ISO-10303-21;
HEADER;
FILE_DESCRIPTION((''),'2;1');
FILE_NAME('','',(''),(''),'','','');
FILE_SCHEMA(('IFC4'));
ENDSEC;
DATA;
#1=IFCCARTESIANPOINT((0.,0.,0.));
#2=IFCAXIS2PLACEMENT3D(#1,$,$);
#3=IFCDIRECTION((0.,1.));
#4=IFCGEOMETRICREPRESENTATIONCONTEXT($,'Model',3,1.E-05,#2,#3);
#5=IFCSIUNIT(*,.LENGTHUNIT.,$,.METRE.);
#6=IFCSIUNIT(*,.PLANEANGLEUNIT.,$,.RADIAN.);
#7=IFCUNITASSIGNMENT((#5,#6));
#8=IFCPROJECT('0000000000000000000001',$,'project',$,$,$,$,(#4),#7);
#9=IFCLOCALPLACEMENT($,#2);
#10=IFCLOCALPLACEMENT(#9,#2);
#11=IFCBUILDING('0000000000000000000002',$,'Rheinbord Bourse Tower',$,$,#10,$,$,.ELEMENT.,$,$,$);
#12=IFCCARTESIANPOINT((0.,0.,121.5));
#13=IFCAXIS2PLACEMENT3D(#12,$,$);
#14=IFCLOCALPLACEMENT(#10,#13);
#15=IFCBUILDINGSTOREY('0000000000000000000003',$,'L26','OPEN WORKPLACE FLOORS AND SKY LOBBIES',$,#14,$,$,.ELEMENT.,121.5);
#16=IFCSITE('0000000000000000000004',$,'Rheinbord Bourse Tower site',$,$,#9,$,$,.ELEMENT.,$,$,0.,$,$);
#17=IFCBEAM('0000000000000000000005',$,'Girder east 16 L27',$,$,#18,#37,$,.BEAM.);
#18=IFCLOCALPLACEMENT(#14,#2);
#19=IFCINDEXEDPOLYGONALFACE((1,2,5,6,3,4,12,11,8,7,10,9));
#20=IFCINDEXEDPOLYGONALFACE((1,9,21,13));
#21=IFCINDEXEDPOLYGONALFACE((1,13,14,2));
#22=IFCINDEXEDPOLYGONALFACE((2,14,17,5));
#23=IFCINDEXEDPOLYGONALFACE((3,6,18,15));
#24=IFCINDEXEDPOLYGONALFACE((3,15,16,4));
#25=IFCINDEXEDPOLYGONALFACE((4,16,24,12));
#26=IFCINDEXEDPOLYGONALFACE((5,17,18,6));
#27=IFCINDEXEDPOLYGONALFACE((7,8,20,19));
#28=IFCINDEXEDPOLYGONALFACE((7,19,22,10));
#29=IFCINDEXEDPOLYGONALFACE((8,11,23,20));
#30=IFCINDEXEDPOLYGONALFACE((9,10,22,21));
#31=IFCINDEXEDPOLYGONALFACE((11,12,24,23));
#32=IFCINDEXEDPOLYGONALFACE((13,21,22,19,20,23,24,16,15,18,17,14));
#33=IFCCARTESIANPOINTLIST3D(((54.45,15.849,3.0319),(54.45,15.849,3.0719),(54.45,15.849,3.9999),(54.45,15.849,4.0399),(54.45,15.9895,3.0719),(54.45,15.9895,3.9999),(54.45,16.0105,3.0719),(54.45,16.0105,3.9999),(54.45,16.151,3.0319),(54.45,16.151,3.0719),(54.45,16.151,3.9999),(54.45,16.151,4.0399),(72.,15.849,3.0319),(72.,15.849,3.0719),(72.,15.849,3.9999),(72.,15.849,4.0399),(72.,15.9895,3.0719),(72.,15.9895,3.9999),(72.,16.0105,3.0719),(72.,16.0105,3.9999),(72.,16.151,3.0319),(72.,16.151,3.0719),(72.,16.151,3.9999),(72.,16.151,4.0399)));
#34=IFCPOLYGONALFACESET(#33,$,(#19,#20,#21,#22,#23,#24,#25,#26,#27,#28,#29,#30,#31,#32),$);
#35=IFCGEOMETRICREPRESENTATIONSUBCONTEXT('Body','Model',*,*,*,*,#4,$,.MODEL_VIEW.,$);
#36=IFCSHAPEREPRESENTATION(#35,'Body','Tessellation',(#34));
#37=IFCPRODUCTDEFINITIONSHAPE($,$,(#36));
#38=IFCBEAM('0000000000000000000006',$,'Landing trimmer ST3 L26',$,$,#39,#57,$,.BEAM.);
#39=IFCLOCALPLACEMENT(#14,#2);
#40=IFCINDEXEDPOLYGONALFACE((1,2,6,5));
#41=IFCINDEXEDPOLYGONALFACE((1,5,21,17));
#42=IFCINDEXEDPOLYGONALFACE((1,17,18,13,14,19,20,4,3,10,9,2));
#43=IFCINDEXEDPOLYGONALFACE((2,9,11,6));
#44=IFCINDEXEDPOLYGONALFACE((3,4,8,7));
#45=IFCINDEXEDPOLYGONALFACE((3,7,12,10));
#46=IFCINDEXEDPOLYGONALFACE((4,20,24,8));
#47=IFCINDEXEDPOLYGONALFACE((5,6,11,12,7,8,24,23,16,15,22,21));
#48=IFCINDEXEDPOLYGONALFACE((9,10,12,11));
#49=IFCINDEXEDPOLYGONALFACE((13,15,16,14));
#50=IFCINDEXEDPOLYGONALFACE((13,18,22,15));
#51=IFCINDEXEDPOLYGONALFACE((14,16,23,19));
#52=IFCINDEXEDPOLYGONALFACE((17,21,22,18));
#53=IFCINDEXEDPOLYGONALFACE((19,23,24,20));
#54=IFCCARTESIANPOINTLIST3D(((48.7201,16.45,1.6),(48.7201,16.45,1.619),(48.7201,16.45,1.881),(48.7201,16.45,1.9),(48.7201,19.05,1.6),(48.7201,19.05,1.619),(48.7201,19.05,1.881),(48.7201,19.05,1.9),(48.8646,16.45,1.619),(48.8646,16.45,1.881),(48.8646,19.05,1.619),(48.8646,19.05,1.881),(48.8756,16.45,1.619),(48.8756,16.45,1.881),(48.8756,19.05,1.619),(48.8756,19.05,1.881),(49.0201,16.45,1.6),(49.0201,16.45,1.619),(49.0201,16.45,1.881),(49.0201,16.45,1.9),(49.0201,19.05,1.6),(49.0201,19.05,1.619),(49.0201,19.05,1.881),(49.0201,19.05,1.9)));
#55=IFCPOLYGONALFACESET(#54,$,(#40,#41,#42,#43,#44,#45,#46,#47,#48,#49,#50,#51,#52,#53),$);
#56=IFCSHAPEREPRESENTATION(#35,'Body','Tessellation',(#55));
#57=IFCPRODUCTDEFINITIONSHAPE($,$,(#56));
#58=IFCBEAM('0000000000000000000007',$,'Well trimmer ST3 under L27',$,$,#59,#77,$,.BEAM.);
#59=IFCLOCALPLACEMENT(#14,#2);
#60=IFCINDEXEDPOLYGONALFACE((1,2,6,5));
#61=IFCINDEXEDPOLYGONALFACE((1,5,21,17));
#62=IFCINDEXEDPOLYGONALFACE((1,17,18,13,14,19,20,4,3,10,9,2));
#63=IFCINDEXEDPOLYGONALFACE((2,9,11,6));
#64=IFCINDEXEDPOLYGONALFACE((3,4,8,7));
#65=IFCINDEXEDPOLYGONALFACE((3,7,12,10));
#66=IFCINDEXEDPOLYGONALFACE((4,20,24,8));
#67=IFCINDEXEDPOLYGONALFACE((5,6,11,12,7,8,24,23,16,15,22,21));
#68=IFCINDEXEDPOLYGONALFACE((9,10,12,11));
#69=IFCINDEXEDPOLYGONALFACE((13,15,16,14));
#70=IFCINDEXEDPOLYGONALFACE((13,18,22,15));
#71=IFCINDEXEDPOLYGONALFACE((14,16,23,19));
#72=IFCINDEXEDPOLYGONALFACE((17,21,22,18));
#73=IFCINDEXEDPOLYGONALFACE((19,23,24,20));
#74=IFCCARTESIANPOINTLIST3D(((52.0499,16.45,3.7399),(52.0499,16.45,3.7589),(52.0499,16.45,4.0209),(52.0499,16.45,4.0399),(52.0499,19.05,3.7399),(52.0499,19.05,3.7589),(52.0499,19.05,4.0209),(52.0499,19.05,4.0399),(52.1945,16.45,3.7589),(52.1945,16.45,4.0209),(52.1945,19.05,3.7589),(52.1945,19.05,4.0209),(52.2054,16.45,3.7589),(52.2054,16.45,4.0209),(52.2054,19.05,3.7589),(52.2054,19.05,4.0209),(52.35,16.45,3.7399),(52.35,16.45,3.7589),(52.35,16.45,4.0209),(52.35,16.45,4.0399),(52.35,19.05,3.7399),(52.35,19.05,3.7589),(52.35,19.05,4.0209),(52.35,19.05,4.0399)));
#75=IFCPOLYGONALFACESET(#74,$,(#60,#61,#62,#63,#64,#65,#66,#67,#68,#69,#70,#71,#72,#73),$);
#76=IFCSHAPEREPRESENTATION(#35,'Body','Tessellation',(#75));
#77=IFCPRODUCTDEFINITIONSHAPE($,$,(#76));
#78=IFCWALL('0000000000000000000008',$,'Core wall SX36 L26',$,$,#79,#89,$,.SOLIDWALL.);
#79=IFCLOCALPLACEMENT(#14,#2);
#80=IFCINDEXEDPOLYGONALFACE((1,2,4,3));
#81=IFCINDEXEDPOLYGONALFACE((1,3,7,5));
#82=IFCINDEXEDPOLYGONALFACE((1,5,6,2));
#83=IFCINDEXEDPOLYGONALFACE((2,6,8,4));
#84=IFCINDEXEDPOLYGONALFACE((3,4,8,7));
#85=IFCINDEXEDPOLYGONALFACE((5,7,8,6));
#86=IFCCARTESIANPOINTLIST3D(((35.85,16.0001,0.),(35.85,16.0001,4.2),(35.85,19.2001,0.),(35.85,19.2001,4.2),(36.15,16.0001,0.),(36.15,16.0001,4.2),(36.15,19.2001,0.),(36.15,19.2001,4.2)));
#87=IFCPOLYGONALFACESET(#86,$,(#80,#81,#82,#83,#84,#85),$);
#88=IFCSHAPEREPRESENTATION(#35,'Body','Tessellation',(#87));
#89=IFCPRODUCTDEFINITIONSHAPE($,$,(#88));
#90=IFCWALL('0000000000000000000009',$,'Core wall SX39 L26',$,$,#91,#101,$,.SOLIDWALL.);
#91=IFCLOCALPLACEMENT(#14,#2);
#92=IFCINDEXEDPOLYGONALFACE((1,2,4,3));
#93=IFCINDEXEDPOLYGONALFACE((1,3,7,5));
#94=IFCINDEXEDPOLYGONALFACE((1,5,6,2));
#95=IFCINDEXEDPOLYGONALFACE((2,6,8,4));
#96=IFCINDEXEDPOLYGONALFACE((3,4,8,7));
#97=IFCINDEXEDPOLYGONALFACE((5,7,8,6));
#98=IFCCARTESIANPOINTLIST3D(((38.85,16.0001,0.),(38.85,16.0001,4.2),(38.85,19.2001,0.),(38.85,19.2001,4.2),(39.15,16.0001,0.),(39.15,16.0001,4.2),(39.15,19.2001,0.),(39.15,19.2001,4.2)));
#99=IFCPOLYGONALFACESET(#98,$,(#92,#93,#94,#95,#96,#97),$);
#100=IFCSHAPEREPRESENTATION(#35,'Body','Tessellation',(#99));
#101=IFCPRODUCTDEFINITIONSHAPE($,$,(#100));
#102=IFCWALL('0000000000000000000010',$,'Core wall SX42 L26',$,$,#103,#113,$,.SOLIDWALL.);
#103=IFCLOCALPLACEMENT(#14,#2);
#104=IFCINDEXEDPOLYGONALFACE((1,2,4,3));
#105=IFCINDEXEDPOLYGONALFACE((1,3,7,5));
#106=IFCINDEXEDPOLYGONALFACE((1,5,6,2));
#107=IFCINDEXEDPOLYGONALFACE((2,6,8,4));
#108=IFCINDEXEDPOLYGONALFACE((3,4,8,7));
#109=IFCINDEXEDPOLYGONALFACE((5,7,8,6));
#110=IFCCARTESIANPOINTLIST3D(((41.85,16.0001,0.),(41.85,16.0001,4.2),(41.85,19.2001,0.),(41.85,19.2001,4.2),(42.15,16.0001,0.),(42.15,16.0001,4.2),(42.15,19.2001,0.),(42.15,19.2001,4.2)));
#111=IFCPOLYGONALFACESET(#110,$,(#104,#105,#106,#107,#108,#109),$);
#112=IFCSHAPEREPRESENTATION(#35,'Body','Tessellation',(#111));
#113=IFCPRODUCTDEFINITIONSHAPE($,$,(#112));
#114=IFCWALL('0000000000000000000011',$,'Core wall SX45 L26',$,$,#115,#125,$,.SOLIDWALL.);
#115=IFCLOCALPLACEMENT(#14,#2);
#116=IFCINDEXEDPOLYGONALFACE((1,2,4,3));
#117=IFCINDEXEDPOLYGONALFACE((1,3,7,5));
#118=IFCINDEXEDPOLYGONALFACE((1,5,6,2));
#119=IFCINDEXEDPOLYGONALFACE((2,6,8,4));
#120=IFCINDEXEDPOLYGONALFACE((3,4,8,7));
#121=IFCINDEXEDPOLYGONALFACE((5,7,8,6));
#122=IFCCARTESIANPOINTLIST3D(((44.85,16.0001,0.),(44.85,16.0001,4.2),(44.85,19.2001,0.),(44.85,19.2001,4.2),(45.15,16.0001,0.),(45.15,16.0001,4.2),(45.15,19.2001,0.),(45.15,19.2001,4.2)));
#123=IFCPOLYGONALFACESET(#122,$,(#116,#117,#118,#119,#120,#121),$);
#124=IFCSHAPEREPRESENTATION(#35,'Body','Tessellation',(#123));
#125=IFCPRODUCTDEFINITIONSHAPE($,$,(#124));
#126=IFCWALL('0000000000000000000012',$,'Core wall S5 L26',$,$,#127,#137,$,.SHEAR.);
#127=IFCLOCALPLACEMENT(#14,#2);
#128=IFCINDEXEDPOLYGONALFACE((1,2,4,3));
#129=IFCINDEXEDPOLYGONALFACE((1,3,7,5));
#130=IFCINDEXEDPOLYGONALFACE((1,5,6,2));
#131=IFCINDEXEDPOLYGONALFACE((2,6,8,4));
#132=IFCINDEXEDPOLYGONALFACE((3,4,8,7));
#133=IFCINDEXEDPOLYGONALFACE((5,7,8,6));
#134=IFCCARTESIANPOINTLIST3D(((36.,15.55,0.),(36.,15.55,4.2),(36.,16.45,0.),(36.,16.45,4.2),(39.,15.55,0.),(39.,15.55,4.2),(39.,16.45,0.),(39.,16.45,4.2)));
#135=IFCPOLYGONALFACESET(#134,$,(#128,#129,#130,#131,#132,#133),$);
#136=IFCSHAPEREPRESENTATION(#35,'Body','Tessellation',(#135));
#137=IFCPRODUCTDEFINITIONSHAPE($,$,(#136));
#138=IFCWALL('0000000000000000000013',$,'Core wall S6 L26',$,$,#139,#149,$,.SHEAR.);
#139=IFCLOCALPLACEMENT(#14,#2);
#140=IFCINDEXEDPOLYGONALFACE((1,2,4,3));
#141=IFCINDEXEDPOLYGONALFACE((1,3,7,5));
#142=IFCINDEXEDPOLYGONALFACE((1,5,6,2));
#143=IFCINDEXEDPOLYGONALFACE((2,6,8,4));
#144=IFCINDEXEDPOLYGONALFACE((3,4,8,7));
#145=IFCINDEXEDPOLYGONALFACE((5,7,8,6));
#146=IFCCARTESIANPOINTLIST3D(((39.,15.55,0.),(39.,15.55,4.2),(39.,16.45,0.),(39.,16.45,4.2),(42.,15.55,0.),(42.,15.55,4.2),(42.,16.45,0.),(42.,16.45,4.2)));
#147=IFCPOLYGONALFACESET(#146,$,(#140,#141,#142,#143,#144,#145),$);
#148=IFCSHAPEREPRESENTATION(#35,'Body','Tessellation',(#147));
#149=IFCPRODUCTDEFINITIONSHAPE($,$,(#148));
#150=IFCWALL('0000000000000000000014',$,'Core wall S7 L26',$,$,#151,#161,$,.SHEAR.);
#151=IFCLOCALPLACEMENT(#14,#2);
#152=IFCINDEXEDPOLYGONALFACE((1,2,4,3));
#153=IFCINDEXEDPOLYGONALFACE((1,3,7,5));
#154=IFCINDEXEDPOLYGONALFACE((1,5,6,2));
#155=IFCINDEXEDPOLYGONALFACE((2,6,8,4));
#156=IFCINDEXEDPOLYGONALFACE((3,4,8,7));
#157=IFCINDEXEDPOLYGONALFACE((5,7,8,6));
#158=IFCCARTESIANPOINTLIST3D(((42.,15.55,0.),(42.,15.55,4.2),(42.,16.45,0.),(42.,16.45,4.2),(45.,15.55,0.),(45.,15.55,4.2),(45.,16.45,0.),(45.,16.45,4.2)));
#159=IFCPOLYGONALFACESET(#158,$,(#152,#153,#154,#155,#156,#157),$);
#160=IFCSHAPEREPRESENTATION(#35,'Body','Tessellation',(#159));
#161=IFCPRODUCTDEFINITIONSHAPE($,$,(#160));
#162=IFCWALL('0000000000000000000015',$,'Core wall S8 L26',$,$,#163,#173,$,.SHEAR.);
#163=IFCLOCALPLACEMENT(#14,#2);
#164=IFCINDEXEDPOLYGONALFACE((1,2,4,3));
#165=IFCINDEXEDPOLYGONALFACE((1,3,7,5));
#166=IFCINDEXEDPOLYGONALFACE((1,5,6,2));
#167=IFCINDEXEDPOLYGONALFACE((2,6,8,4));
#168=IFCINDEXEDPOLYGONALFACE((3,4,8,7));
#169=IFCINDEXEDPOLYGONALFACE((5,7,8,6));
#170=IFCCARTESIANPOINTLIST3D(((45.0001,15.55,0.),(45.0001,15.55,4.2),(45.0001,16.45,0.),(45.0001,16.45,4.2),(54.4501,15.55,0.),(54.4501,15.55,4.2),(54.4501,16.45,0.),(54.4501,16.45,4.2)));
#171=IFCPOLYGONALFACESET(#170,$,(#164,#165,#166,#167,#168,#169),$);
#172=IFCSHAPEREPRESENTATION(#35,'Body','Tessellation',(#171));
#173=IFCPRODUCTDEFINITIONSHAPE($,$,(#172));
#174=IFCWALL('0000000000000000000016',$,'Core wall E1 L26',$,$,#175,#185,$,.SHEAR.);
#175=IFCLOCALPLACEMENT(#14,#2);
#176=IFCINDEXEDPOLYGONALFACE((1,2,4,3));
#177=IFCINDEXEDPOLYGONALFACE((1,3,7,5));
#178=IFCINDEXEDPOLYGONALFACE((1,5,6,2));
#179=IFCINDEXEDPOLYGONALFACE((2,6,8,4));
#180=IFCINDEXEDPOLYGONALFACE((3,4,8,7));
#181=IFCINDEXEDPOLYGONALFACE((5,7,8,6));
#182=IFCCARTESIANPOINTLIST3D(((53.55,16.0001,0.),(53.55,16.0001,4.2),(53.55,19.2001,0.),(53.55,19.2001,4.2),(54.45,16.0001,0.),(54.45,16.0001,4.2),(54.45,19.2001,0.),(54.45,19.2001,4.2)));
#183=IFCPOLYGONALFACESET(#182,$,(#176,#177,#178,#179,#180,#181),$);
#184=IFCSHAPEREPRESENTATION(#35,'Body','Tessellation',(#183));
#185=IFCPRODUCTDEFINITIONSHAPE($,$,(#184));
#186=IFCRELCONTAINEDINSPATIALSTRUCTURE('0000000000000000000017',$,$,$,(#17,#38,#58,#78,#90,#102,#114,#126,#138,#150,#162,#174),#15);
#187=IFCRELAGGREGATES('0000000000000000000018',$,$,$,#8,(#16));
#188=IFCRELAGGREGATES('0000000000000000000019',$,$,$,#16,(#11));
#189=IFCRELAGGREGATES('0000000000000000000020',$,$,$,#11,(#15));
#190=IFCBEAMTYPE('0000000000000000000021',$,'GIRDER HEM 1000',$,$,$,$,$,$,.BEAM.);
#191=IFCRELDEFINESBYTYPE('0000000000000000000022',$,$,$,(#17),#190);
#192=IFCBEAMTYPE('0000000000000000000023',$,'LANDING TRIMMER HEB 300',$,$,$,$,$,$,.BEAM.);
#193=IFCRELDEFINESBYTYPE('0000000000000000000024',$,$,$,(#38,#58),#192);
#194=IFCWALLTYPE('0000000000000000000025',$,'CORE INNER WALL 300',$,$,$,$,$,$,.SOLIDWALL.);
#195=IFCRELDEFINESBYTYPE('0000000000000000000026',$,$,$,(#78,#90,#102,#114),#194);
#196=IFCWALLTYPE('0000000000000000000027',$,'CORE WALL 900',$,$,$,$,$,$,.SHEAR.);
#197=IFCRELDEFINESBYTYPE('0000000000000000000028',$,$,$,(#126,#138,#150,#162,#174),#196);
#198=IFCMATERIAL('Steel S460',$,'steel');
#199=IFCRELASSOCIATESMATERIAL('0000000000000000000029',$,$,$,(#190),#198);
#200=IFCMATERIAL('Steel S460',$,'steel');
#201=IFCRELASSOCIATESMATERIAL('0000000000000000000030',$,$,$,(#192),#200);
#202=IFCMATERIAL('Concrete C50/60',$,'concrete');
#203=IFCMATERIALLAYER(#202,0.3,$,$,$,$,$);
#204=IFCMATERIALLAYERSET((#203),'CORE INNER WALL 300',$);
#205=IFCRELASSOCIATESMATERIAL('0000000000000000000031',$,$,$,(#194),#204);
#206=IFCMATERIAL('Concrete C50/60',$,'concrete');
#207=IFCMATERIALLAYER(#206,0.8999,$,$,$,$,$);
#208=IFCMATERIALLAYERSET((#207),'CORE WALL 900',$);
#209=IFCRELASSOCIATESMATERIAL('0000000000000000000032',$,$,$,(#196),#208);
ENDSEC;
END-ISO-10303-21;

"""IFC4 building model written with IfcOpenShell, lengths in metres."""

from ifc_helpers import new_model, si_unit, direction, frame, frame_2d, origin, origin_2d, place, context, subcontext, project, spatial, rectangle, i_section, extrude, material, layer, layer_set, material_profile, profile_set, type_object, element, save


model = new_model("IFC4")

# Units and contexts
model_context = context("Model", 3, precision=1e-05, world=origin(), true_north=direction((0.0, 1.0)))
body_context = subcontext(model_context, "Body", "Model", "MODEL_VIEW")
ifc_project = project(units=[si_unit("LENGTHUNIT", "METRE"), si_unit("PLANEANGLEUNIT", "RADIAN")], contexts=[model_context])

# Site, building, storey
site_placement = place(None, origin())
site = spatial("IfcSite", under=ifc_project, at=site_placement, Name="Rheinbord Bourse Tower site", CompositionType="ELEMENT", RefElevation=0.0)
building_placement = place(site_placement, origin())
building = spatial("IfcBuilding", under=site, at=building_placement, Name="Rheinbord Bourse Tower", CompositionType="ELEMENT")
storey_placement = place(building_placement, frame((0.0, 0.0, 121.5)))
storey = spatial("IfcBuildingStorey", under=building, at=storey_placement, Name="L26", Description="OPEN WORKPLACE FLOORS AND SKY LOBBIES", CompositionType="ELEMENT", Elevation=121.5)

# Beams
ifc_material_1 = material(Name="Steel S460", Category="steel")
ifc_material_profile_1 = material_profile(ifc_material_1, i_section(OverallWidth=0.302, OverallDepth=1.0081, WebThickness=0.021, FlangeThickness=0.04, at=origin_2d()), Name="HEM 1000")
ifc_profile_set_1 = profile_set([ifc_material_profile_1], Name="Steel S460")
beam_type_1 = type_object("IfcBeamType", Name="GIRDER HEM 1000", PredefinedType="BEAM", material=ifc_profile_set_1)
beam_placement = place(storey_placement, frame((54.45, 16.0, 3.5359), z_axis=(1.0, 0.0, 0.0), x_axis=(0.0, 1.0, 0.0)))
element("IfcBeam", 1, at=beam_placement, inside=storey, type_object=beam_type_1, Name="Girder east 16 L27", PredefinedType="BEAM", context=body_context, shape_type="SweptSolid", body=[
    extrude(i_section(OverallWidth=0.302, OverallDepth=1.0081, WebThickness=0.021, FlangeThickness=0.04, at=origin_2d()), origin(), (0.0, 0.0, 1.0), 17.55),
])
ifc_material_2 = material(Name="Steel S460", Category="steel")
ifc_material_profile_2 = material_profile(ifc_material_2, i_section(OverallWidth=0.3, OverallDepth=0.3, WebThickness=0.011, FlangeThickness=0.019, at=origin_2d()), Name="HEB 300")
ifc_profile_set_2 = profile_set([ifc_material_profile_2], Name="Steel S460")
beam_type_2 = type_object("IfcBeamType", Name="LANDING TRIMMER HEB 300", PredefinedType="BEAM", material=ifc_profile_set_2)
for number, where, z_axis, x_axis, name in (
    (2, (48.8701, 16.45, 1.75), (0.0, 1.0, 0.0), (-1.0, 0.0, 0.0), "Landing trimmer ST3 L26"),
    (3, (52.2, 16.45, 3.8899), (0.0, 1.0, 0.0), (-1.0, 0.0, 0.0), "Well trimmer ST3 under L27"),
):
    element("IfcBeam", number, at=place(storey_placement, frame(where, z_axis=z_axis, x_axis=x_axis)), inside=storey, type_object=beam_type_2, Name=name, PredefinedType="BEAM", context=body_context, shape_type="SweptSolid", body=[
        extrude(i_section(OverallWidth=0.3, OverallDepth=0.3, WebThickness=0.011, FlangeThickness=0.019, at=origin_2d()), origin(), (0.0, 0.0, 1.0), 2.6001),
    ])

# Walls
ifc_material_3 = material(Name="Concrete C50/60", Category="concrete")
ifc_layer_1 = layer(ifc_material_3, 0.3)
ifc_layer_set_1 = layer_set([ifc_layer_1], Name="CORE INNER WALL 300")
wall_type_1 = type_object("IfcWallType", Name="CORE INNER WALL 300", PredefinedType="SOLIDWALL", material=ifc_layer_set_1)
for number, where, z_axis, x_axis, name in (
    (4, (36.0, 16.0, 0.0), (0.0, 0.0, 1.0), (0.0, 1.0, 0.0), "Core wall SX36 L26"),
    (5, (39.0, 16.0, 0.0), (0.0, 0.0, 1.0), (0.0, 1.0, 0.0), "Core wall SX39 L26"),
    (6, (42.0, 16.0, 0.0), (0.0, 0.0, 1.0), (0.0, 1.0, 0.0), "Core wall SX42 L26"),
    (7, (45.0, 16.0, 0.0), (0.0, 0.0, 1.0), (0.0, 1.0, 0.0), "Core wall SX45 L26"),
):
    element("IfcWall", number, at=place(storey_placement, frame(where, z_axis=z_axis, x_axis=x_axis)), inside=storey, type_object=wall_type_1, Name=name, PredefinedType="SOLIDWALL", context=body_context, shape_type="SweptSolid", body=[
        extrude(rectangle(XDim=3.2, YDim=0.3, at=frame_2d((1.6001, 0.0))), origin(), (0.0, 0.0, 1.0), 4.2),
    ])
ifc_material_4 = material(Name="Concrete C50/60", Category="concrete")
ifc_layer_2 = layer(ifc_material_4, 0.8999)
ifc_layer_set_2 = layer_set([ifc_layer_2], Name="CORE WALL 900")
wall_type_2 = type_object("IfcWallType", Name="CORE WALL 900", PredefinedType="SHEAR", material=ifc_layer_set_2)
for number, where, z_axis, x_axis, name in (
    (8, (36.0, 16.0, 0.0), (0.0, 0.0, 1.0), (1.0, 0.0, 0.0), "Core wall S5 L26"),
    (9, (39.0, 16.0, 0.0), (0.0, 0.0, 1.0), (1.0, 0.0, 0.0), "Core wall S6 L26"),
    (10, (42.0, 16.0, 0.0), (0.0, 0.0, 1.0), (1.0, 0.0, 0.0), "Core wall S7 L26"),
):
    element("IfcWall", number, at=place(storey_placement, frame(where, z_axis=z_axis, x_axis=x_axis)), inside=storey, type_object=wall_type_2, Name=name, PredefinedType="SHEAR", context=body_context, shape_type="SweptSolid", body=[
        extrude(rectangle(XDim=3.0, YDim=0.8999, at=frame_2d((1.5, 0.0))), origin(), (0.0, 0.0, 1.0), 4.2),
    ])
wall_1_placement = place(storey_placement, frame((45.0, 16.0, 0.0), z_axis=(0.0, 0.0, 1.0), x_axis=(1.0, 0.0, 0.0)))
element("IfcWall", 11, at=wall_1_placement, inside=storey, type_object=wall_type_2, Name="Core wall S8 L26", PredefinedType="SHEAR", context=body_context, shape_type="SweptSolid", body=[
    extrude(rectangle(XDim=9.45, YDim=0.8999, at=frame_2d((4.7251, 0.0))), origin(), (0.0, 0.0, 1.0), 4.2),
])
wall_2_placement = place(storey_placement, frame((54.0, 16.0, 0.0), z_axis=(0.0, 0.0, 1.0), x_axis=(0.0, 1.0, 0.0)))
element("IfcWall", 12, at=wall_2_placement, inside=storey, type_object=wall_type_2, Name="Core wall E1 L26", PredefinedType="SHEAR", context=body_context, shape_type="SweptSolid", body=[
    extrude(rectangle(XDim=3.2, YDim=0.8999, at=frame_2d((1.6001, 0.0))), origin(), (0.0, 0.0, 1.0), 4.2),
])

save(model, "model.ifc")
